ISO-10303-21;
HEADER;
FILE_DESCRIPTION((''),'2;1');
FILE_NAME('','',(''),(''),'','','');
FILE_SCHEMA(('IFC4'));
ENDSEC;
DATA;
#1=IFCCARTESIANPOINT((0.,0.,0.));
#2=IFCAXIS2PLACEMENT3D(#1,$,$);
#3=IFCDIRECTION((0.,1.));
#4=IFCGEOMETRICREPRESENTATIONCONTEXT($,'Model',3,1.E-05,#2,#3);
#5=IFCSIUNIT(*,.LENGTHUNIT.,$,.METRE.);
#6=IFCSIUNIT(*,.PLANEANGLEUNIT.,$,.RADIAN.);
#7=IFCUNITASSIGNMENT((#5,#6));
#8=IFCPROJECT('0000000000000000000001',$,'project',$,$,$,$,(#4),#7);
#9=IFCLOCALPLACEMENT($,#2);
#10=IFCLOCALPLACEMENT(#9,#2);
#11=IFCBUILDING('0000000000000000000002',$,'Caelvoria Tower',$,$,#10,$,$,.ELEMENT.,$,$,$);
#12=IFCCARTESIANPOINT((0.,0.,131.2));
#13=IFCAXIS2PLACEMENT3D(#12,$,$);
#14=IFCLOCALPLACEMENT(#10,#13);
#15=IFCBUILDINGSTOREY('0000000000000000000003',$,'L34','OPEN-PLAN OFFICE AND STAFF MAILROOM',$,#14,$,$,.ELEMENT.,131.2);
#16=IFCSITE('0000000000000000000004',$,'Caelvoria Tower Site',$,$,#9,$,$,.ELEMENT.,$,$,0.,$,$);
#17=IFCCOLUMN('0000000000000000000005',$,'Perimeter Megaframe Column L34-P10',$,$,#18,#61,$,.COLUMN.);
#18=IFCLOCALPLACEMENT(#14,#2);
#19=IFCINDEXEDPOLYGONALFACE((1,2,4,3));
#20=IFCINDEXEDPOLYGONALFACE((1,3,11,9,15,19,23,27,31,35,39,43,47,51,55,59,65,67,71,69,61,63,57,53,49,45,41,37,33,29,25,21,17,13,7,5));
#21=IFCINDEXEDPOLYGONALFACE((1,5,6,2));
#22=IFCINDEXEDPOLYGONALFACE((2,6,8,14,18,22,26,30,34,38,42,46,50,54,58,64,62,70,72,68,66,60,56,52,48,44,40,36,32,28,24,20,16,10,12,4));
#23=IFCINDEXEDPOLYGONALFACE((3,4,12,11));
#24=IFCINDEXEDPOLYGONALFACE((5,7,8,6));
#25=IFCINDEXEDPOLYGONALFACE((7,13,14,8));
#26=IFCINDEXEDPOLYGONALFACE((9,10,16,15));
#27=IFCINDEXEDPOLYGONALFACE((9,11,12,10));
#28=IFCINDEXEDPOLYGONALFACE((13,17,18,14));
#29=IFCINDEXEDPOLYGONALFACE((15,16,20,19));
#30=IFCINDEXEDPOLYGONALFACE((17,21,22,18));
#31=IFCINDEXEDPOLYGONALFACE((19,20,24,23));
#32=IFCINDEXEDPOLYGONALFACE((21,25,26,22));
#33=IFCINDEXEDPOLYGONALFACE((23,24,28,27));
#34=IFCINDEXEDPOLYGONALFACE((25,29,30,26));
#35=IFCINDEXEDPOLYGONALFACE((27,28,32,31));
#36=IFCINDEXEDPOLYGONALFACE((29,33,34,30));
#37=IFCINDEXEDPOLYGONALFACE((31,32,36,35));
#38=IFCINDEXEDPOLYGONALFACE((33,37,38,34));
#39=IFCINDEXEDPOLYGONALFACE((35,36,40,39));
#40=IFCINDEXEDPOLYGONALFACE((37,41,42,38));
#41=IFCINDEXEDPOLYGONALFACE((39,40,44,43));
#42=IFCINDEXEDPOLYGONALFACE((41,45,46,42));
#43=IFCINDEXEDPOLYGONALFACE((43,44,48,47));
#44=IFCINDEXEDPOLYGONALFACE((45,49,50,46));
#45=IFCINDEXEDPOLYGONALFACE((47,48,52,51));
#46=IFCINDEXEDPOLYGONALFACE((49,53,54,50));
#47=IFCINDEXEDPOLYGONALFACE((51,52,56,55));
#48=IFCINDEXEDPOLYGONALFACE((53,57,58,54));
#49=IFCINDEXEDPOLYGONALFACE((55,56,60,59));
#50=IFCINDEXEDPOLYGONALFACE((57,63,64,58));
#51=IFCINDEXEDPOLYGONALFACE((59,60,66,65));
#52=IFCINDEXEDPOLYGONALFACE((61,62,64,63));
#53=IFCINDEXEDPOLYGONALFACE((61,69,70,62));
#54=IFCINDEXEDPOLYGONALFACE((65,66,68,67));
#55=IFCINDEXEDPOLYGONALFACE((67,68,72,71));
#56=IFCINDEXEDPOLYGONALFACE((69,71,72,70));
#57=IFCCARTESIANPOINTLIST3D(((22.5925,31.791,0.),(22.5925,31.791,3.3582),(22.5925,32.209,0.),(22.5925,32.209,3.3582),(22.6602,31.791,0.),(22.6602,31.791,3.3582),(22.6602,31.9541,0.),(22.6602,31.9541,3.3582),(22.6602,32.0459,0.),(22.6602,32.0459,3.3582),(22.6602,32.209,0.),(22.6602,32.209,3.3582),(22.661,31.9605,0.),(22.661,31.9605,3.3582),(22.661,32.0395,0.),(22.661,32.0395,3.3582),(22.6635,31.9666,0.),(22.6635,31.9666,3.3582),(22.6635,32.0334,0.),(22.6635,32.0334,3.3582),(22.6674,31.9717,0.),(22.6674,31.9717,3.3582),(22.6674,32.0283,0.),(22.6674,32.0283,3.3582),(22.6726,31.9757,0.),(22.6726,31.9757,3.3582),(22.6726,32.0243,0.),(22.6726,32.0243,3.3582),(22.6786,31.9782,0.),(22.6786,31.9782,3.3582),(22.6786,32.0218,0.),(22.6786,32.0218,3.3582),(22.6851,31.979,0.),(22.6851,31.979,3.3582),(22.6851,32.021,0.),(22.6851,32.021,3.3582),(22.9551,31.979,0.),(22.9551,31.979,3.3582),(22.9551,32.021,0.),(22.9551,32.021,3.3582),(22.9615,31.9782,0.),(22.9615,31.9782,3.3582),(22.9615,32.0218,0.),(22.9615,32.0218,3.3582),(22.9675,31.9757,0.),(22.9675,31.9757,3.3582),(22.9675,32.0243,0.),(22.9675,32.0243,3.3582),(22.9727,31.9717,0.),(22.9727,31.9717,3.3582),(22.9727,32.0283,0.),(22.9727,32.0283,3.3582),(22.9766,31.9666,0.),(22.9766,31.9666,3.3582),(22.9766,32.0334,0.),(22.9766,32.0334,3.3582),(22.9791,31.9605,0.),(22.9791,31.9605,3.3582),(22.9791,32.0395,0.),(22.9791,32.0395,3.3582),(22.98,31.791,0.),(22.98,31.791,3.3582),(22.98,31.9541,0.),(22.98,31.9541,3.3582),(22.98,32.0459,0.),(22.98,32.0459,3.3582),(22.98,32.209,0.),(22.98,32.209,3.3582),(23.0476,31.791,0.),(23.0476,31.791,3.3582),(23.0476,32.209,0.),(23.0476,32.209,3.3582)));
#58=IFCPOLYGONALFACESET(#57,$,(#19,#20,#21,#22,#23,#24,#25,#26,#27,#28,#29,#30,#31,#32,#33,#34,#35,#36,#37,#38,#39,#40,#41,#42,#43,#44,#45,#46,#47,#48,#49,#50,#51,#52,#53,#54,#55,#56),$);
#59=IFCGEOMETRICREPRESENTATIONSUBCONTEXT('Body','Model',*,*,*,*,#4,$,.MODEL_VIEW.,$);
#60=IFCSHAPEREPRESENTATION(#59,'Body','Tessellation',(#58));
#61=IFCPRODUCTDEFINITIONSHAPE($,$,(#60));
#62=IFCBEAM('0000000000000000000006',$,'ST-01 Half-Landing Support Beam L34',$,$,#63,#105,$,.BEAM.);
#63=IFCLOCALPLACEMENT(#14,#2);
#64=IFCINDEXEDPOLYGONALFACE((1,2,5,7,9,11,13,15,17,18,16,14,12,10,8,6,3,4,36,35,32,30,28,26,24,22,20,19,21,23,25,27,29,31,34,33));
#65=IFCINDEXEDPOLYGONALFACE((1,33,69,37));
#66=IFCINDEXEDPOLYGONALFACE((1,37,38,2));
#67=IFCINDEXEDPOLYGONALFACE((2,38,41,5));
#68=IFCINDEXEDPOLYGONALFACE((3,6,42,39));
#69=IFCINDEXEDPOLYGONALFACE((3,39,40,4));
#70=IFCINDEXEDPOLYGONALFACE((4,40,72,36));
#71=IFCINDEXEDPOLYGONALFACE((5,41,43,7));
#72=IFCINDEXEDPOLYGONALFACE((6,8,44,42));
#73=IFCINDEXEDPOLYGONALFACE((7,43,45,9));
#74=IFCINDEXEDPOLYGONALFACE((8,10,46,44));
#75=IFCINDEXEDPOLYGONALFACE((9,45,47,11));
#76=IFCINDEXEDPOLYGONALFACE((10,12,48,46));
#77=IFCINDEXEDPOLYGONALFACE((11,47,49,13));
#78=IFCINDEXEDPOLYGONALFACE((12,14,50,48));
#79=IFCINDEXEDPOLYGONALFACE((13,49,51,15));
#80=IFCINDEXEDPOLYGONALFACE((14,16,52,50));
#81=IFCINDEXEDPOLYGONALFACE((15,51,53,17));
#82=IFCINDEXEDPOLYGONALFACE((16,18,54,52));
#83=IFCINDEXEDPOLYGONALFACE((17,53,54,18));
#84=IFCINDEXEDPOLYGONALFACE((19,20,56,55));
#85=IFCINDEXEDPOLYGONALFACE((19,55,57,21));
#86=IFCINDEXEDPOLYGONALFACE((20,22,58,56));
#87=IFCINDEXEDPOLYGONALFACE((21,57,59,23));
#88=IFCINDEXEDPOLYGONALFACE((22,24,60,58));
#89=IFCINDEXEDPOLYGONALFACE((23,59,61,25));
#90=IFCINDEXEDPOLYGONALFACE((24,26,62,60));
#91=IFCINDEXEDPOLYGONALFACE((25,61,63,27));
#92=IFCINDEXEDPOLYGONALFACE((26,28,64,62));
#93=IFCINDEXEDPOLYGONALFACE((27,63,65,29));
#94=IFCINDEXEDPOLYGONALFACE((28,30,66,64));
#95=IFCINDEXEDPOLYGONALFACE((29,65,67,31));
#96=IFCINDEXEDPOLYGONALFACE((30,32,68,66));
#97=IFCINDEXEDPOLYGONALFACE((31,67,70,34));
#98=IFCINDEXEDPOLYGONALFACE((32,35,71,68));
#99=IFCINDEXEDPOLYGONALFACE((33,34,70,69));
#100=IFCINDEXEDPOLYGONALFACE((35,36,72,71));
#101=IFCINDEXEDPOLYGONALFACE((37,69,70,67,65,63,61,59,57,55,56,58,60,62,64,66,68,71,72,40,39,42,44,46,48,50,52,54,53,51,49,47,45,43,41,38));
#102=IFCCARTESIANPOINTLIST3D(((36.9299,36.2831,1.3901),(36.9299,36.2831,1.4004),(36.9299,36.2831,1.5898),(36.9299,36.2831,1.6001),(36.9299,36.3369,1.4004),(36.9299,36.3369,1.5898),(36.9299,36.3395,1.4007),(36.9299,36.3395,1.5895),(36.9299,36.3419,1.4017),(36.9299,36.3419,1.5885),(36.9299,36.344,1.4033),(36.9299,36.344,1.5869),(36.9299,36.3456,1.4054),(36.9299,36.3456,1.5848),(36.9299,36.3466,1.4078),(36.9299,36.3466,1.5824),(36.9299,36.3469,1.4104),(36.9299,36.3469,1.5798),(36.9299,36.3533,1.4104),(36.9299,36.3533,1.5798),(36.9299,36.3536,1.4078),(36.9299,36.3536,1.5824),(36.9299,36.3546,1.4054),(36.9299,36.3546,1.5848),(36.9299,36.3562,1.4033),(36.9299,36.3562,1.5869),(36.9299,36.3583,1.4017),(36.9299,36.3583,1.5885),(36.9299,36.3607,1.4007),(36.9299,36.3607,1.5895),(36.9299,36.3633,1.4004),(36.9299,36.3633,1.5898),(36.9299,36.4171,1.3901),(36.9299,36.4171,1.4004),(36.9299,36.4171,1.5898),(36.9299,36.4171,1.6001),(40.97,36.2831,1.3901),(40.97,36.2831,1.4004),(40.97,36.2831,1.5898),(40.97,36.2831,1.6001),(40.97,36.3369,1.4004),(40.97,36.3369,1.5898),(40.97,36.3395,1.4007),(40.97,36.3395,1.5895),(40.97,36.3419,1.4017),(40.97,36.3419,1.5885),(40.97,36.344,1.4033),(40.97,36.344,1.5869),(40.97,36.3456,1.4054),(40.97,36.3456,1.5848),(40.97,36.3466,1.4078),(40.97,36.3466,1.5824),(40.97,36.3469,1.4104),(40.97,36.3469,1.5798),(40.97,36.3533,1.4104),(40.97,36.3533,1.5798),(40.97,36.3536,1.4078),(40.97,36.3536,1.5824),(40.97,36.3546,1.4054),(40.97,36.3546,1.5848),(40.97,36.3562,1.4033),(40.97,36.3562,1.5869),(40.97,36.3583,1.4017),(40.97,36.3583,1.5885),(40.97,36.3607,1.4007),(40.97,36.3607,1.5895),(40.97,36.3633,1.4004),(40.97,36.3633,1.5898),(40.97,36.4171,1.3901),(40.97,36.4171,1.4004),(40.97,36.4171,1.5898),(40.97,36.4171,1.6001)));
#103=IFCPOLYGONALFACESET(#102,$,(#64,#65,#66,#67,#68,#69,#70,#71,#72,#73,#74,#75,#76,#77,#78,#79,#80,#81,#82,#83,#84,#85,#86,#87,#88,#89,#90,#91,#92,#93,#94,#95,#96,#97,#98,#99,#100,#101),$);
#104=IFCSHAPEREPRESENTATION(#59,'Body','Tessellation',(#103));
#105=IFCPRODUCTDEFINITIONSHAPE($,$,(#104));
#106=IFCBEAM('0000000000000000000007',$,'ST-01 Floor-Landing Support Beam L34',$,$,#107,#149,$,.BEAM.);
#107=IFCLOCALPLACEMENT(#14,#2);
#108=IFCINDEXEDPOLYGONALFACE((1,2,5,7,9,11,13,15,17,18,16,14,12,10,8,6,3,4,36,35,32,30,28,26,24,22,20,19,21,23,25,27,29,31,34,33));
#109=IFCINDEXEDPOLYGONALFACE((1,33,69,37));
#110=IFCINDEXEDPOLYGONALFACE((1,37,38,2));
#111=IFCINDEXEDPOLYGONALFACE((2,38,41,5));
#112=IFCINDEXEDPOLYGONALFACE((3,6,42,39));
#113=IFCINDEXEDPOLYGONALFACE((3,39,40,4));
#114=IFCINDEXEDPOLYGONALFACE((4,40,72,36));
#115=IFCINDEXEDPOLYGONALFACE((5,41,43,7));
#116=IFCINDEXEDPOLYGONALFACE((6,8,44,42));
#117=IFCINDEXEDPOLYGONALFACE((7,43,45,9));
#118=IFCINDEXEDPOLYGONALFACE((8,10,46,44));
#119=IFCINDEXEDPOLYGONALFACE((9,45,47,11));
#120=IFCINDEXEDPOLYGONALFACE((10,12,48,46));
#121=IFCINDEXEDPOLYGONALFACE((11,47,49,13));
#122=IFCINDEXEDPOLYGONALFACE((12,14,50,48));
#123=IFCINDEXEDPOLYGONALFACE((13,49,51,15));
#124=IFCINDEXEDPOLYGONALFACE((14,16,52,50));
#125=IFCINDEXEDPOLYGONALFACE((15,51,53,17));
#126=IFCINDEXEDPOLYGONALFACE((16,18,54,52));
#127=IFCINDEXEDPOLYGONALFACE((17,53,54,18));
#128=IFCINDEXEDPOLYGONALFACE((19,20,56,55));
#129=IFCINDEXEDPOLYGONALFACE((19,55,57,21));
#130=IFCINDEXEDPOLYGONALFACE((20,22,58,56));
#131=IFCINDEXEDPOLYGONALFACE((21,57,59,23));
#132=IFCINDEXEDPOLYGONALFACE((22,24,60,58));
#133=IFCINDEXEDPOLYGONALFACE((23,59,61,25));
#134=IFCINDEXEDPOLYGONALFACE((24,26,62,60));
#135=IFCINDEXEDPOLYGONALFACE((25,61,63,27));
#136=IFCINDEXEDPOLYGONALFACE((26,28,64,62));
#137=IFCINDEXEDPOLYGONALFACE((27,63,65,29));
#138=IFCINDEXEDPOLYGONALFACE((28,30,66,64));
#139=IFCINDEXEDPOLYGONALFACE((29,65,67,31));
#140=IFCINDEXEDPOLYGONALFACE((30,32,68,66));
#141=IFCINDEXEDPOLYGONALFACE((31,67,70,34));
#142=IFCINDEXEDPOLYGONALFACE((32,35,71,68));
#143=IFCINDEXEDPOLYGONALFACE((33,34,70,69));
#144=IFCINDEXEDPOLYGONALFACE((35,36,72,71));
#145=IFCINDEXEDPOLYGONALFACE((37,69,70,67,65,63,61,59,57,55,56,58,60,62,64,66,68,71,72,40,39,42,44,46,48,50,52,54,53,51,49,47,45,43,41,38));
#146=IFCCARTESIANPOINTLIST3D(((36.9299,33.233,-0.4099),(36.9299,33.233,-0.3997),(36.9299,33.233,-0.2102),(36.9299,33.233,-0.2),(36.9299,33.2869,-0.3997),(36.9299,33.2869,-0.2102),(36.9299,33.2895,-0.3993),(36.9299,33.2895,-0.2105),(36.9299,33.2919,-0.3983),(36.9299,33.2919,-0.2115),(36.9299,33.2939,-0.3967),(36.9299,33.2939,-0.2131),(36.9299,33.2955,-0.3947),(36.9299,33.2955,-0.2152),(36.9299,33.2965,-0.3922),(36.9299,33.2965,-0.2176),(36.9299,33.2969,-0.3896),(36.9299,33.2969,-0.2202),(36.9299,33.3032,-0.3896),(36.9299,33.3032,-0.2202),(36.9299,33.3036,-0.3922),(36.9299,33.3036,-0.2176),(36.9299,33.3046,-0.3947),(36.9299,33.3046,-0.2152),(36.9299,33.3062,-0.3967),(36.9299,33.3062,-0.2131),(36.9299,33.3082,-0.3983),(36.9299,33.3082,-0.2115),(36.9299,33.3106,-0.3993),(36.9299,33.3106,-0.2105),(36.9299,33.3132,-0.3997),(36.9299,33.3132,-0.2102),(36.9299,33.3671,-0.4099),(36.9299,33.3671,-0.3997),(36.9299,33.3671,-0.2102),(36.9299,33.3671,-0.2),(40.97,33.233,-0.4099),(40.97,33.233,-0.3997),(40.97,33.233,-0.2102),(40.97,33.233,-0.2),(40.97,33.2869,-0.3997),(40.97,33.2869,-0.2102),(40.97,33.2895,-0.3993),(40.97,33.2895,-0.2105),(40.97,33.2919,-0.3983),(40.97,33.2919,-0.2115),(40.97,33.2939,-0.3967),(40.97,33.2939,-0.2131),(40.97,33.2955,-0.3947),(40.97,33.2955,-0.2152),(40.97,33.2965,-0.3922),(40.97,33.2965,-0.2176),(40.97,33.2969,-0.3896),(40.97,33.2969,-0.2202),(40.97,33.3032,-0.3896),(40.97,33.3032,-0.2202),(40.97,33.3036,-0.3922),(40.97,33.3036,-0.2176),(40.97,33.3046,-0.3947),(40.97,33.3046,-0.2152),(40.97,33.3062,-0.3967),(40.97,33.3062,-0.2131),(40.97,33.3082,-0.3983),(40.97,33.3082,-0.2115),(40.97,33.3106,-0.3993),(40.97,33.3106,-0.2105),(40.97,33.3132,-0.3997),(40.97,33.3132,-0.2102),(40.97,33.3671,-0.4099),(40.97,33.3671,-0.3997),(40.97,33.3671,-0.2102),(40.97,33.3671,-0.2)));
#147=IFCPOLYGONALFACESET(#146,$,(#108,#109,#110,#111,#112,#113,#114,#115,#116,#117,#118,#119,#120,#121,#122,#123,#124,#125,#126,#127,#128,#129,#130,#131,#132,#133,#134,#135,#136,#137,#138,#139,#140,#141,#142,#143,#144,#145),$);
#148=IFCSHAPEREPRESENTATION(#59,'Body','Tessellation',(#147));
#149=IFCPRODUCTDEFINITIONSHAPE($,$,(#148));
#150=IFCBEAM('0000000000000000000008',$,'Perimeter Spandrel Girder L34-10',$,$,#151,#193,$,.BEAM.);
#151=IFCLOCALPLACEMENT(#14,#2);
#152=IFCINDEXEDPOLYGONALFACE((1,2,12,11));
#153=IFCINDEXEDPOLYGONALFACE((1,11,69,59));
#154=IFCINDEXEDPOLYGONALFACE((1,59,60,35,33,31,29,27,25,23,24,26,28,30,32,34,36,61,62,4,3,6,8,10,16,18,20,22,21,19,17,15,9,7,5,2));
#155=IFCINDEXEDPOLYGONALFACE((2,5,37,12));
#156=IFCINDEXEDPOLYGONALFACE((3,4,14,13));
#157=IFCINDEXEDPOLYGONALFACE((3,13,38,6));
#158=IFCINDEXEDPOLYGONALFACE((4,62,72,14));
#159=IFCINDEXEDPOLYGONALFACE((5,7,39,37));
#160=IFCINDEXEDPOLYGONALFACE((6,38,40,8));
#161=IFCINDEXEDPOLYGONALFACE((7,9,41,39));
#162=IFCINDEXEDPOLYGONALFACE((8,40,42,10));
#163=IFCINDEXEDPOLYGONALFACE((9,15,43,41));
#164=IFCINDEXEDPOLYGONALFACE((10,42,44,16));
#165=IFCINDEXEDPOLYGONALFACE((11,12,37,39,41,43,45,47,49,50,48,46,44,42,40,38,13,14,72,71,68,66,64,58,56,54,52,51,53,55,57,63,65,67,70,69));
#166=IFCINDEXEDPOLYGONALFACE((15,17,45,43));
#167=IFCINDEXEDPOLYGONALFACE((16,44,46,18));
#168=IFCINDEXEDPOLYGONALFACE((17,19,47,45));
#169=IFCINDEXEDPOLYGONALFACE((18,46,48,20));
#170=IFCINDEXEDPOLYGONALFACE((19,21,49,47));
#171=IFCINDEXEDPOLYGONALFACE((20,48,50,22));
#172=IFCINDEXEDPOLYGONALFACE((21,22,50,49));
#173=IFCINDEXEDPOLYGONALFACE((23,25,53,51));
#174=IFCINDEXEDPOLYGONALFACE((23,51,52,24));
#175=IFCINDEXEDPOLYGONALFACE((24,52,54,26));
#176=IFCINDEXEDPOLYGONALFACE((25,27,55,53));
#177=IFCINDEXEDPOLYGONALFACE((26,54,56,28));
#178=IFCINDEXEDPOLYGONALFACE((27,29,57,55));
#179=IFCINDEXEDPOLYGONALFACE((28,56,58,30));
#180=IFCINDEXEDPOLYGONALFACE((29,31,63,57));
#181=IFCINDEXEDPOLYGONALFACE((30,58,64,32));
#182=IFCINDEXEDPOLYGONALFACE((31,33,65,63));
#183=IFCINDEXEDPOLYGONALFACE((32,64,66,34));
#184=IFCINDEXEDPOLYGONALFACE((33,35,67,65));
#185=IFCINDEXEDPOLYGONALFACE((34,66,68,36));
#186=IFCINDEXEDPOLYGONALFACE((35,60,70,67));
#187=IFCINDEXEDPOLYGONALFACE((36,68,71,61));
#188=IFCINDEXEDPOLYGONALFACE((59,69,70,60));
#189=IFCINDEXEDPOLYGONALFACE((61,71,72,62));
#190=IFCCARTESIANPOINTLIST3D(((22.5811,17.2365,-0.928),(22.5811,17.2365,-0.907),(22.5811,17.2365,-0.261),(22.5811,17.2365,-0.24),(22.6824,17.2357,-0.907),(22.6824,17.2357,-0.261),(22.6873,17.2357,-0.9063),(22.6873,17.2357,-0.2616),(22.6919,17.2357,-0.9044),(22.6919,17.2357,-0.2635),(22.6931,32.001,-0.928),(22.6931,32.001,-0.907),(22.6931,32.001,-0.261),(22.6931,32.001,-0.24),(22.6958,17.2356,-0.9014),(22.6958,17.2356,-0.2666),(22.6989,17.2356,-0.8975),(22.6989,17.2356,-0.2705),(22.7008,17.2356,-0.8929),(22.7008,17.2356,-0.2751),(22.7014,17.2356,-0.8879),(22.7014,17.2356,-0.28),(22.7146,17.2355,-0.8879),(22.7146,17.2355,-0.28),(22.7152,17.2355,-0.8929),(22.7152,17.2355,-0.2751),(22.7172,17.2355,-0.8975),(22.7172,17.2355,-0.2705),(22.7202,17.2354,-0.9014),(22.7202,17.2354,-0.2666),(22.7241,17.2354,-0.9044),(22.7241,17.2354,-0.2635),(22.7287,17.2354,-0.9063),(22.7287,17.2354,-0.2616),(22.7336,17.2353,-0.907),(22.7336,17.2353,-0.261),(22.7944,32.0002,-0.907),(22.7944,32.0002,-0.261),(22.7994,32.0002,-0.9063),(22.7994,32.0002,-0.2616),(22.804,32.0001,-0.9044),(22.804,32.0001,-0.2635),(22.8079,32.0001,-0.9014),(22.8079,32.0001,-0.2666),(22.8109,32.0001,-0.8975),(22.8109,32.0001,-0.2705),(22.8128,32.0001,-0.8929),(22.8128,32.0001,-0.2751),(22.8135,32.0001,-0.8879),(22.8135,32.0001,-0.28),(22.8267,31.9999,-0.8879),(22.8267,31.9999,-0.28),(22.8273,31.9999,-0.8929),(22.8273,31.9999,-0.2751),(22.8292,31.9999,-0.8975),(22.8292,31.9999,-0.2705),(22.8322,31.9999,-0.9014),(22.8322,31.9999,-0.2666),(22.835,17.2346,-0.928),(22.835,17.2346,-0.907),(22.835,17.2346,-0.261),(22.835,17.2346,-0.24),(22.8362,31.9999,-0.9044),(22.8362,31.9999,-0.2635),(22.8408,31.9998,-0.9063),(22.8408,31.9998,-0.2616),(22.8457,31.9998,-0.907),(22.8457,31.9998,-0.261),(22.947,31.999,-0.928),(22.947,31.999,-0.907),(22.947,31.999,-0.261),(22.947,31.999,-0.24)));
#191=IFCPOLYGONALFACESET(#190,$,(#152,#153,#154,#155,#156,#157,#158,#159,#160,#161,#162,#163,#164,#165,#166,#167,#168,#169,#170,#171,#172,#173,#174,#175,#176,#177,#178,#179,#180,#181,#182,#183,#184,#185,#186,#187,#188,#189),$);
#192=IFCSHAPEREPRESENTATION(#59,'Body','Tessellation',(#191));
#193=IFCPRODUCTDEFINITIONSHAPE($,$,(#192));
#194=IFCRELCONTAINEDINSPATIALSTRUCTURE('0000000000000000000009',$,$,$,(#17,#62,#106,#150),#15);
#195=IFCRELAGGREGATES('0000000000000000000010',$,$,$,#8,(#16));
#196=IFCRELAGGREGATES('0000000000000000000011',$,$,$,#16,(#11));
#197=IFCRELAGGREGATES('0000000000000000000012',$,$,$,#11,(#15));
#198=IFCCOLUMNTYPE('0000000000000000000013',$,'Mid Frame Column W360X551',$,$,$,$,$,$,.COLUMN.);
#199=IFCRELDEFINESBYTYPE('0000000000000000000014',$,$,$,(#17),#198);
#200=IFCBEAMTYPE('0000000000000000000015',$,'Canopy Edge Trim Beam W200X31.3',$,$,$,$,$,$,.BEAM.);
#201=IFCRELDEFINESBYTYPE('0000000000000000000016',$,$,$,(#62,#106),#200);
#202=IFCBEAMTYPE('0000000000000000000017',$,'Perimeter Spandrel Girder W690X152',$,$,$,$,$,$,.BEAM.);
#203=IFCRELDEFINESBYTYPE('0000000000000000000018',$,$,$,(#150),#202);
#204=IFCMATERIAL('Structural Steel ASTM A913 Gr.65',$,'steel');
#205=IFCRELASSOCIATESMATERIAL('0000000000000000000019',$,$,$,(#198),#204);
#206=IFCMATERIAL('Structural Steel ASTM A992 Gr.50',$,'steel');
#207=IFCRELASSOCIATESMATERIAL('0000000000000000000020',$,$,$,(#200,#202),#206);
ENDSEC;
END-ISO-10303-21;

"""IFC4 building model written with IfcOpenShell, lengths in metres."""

from ifc_helpers import new_model, si_unit, direction, frame, origin, origin_2d, place, context, subcontext, project, spatial, i_section, extrude, material, material_profile, profile_set, type_object, element, save


model = new_model("IFC4")

# Units and contexts
model_context = context("Model", 3, precision=1e-05, world=origin(), true_north=direction((0.0, 1.0)))
body_context = subcontext(model_context, "Body", "Model", "MODEL_VIEW")
ifc_project = project(units=[si_unit("LENGTHUNIT", "METRE"), si_unit("PLANEANGLEUNIT", "RADIAN")], contexts=[model_context])

# Site, building, storey
site_placement = place(None, origin())
site = spatial("IfcSite", under=ifc_project, at=site_placement, Name="Caelvoria Tower Site", CompositionType="ELEMENT", RefElevation=0.0)
building_placement = place(site_placement, origin())
building = spatial("IfcBuilding", under=site, at=building_placement, Name="Caelvoria Tower", CompositionType="ELEMENT")
storey_placement = place(building_placement, frame((0.0, 0.0, 131.2)))
storey = spatial("IfcBuildingStorey", under=building, at=storey_placement, Name="L34", Description="OPEN-PLAN OFFICE AND STAFF MAILROOM", CompositionType="ELEMENT", Elevation=131.2)

# Column
ifc_material_1 = material(Name="Structural Steel ASTM A913 Gr.65", Category="steel")
ifc_material_profile_1 = material_profile(ifc_material_1, i_section(OverallWidth=0.418, OverallDepth=0.4551, WebThickness=0.042, FlangeThickness=0.0676, FilletRadius=0.0249, at=origin_2d()), Name="Structural Steel ASTM A913 Gr.65")
ifc_profile_set_1 = profile_set([ifc_material_profile_1], Name="W360X551 - Structural Steel ASTM A913 Gr.65")
column_type = type_object("IfcColumnType", Name="Mid Frame Column W360X551", PredefinedType="COLUMN", material=ifc_profile_set_1)
column_placement = place(storey_placement, frame((22.8201, 32.0, 0.0), z_axis=(0.0, 0.0, 1.0), x_axis=(0.0, 1.0, 0.0)))
element("IfcColumn", 1, at=column_placement, inside=storey, type_object=column_type, Name="Perimeter Megaframe Column L34-P10", PredefinedType="COLUMN", context=body_context, shape_type="SweptSolid", body=[
    extrude(i_section(OverallWidth=0.418, OverallDepth=0.4551, WebThickness=0.042, FlangeThickness=0.0676, FilletRadius=0.0249, at=origin_2d()), origin(), (0.0, 0.0, 1.0), 3.3582),
])

# Beams
ifc_material_2 = material(Name="Structural Steel ASTM A992 Gr.50", Category="steel")
ifc_material_profile_2 = material_profile(ifc_material_2, i_section(OverallWidth=0.134, OverallDepth=0.21, WebThickness=0.0063, FlangeThickness=0.0103, FilletRadius=0.01, at=origin_2d()), Name="Structural Steel ASTM A992 Gr.50")
ifc_profile_set_2 = profile_set([ifc_material_profile_2], Name="W200X31.3 - Structural Steel ASTM A992 Gr.50")
beam_type_1 = type_object("IfcBeamType", Name="Canopy Edge Trim Beam W200X31.3", PredefinedType="BEAM", material=ifc_profile_set_2)
for number, where, z_axis, x_axis, name in (
    (2, (36.9299, 36.3501, 1.4951), (1.0, 0.0, 0.0), (0.0, 1.0, 0.0), "ST-01 Half-Landing Support Beam L34"),
    (3, (36.9299, 33.3, -0.3049), (1.0, 0.0, 0.0), (0.0, 1.0, 0.0), "ST-01 Floor-Landing Support Beam L34"),
):
    element("IfcBeam", number, at=place(storey_placement, frame(where, z_axis=z_axis, x_axis=x_axis)), inside=storey, type_object=beam_type_1, Name=name, PredefinedType="BEAM", context=body_context, shape_type="SweptSolid", body=[
        extrude(i_section(OverallWidth=0.134, OverallDepth=0.21, WebThickness=0.0063, FlangeThickness=0.0103, FilletRadius=0.01, at=origin_2d()), origin(), (0.0, 0.0, 1.0), 4.04),
    ])
ifc_material_profile_3 = material_profile(ifc_material_2, i_section(OverallWidth=0.2539, OverallDepth=0.688, WebThickness=0.0132, FlangeThickness=0.021, FilletRadius=0.019, at=origin_2d()), Name="Structural Steel ASTM A992 Gr.50")
ifc_profile_set_3 = profile_set([ifc_material_profile_3], Name="W690X152 - Structural Steel ASTM A992 Gr.50")
beam_type_2 = type_object("IfcBeamType", Name="Perimeter Spandrel Girder W690X152", PredefinedType="BEAM", material=ifc_profile_set_3)
beam_1_placement = place(storey_placement, frame((22.8201, 32.0, -0.584), z_axis=(-0.00759, -0.999971, 0.0), x_axis=(0.999971, -0.00759, 0.0)))
element("IfcBeam", 4, at=beam_1_placement, inside=storey, type_object=beam_type_2, Name="Perimeter Spandrel Girder L34-10", PredefinedType="BEAM", context=body_context, shape_type="SweptSolid", body=[
    extrude(i_section(OverallWidth=0.2539, OverallDepth=0.688, WebThickness=0.0132, FlangeThickness=0.021, FilletRadius=0.019, at=origin_2d()), origin(), (0.0, 0.0, 1.0), 14.7649),
])

save(model, "model.ifc")
